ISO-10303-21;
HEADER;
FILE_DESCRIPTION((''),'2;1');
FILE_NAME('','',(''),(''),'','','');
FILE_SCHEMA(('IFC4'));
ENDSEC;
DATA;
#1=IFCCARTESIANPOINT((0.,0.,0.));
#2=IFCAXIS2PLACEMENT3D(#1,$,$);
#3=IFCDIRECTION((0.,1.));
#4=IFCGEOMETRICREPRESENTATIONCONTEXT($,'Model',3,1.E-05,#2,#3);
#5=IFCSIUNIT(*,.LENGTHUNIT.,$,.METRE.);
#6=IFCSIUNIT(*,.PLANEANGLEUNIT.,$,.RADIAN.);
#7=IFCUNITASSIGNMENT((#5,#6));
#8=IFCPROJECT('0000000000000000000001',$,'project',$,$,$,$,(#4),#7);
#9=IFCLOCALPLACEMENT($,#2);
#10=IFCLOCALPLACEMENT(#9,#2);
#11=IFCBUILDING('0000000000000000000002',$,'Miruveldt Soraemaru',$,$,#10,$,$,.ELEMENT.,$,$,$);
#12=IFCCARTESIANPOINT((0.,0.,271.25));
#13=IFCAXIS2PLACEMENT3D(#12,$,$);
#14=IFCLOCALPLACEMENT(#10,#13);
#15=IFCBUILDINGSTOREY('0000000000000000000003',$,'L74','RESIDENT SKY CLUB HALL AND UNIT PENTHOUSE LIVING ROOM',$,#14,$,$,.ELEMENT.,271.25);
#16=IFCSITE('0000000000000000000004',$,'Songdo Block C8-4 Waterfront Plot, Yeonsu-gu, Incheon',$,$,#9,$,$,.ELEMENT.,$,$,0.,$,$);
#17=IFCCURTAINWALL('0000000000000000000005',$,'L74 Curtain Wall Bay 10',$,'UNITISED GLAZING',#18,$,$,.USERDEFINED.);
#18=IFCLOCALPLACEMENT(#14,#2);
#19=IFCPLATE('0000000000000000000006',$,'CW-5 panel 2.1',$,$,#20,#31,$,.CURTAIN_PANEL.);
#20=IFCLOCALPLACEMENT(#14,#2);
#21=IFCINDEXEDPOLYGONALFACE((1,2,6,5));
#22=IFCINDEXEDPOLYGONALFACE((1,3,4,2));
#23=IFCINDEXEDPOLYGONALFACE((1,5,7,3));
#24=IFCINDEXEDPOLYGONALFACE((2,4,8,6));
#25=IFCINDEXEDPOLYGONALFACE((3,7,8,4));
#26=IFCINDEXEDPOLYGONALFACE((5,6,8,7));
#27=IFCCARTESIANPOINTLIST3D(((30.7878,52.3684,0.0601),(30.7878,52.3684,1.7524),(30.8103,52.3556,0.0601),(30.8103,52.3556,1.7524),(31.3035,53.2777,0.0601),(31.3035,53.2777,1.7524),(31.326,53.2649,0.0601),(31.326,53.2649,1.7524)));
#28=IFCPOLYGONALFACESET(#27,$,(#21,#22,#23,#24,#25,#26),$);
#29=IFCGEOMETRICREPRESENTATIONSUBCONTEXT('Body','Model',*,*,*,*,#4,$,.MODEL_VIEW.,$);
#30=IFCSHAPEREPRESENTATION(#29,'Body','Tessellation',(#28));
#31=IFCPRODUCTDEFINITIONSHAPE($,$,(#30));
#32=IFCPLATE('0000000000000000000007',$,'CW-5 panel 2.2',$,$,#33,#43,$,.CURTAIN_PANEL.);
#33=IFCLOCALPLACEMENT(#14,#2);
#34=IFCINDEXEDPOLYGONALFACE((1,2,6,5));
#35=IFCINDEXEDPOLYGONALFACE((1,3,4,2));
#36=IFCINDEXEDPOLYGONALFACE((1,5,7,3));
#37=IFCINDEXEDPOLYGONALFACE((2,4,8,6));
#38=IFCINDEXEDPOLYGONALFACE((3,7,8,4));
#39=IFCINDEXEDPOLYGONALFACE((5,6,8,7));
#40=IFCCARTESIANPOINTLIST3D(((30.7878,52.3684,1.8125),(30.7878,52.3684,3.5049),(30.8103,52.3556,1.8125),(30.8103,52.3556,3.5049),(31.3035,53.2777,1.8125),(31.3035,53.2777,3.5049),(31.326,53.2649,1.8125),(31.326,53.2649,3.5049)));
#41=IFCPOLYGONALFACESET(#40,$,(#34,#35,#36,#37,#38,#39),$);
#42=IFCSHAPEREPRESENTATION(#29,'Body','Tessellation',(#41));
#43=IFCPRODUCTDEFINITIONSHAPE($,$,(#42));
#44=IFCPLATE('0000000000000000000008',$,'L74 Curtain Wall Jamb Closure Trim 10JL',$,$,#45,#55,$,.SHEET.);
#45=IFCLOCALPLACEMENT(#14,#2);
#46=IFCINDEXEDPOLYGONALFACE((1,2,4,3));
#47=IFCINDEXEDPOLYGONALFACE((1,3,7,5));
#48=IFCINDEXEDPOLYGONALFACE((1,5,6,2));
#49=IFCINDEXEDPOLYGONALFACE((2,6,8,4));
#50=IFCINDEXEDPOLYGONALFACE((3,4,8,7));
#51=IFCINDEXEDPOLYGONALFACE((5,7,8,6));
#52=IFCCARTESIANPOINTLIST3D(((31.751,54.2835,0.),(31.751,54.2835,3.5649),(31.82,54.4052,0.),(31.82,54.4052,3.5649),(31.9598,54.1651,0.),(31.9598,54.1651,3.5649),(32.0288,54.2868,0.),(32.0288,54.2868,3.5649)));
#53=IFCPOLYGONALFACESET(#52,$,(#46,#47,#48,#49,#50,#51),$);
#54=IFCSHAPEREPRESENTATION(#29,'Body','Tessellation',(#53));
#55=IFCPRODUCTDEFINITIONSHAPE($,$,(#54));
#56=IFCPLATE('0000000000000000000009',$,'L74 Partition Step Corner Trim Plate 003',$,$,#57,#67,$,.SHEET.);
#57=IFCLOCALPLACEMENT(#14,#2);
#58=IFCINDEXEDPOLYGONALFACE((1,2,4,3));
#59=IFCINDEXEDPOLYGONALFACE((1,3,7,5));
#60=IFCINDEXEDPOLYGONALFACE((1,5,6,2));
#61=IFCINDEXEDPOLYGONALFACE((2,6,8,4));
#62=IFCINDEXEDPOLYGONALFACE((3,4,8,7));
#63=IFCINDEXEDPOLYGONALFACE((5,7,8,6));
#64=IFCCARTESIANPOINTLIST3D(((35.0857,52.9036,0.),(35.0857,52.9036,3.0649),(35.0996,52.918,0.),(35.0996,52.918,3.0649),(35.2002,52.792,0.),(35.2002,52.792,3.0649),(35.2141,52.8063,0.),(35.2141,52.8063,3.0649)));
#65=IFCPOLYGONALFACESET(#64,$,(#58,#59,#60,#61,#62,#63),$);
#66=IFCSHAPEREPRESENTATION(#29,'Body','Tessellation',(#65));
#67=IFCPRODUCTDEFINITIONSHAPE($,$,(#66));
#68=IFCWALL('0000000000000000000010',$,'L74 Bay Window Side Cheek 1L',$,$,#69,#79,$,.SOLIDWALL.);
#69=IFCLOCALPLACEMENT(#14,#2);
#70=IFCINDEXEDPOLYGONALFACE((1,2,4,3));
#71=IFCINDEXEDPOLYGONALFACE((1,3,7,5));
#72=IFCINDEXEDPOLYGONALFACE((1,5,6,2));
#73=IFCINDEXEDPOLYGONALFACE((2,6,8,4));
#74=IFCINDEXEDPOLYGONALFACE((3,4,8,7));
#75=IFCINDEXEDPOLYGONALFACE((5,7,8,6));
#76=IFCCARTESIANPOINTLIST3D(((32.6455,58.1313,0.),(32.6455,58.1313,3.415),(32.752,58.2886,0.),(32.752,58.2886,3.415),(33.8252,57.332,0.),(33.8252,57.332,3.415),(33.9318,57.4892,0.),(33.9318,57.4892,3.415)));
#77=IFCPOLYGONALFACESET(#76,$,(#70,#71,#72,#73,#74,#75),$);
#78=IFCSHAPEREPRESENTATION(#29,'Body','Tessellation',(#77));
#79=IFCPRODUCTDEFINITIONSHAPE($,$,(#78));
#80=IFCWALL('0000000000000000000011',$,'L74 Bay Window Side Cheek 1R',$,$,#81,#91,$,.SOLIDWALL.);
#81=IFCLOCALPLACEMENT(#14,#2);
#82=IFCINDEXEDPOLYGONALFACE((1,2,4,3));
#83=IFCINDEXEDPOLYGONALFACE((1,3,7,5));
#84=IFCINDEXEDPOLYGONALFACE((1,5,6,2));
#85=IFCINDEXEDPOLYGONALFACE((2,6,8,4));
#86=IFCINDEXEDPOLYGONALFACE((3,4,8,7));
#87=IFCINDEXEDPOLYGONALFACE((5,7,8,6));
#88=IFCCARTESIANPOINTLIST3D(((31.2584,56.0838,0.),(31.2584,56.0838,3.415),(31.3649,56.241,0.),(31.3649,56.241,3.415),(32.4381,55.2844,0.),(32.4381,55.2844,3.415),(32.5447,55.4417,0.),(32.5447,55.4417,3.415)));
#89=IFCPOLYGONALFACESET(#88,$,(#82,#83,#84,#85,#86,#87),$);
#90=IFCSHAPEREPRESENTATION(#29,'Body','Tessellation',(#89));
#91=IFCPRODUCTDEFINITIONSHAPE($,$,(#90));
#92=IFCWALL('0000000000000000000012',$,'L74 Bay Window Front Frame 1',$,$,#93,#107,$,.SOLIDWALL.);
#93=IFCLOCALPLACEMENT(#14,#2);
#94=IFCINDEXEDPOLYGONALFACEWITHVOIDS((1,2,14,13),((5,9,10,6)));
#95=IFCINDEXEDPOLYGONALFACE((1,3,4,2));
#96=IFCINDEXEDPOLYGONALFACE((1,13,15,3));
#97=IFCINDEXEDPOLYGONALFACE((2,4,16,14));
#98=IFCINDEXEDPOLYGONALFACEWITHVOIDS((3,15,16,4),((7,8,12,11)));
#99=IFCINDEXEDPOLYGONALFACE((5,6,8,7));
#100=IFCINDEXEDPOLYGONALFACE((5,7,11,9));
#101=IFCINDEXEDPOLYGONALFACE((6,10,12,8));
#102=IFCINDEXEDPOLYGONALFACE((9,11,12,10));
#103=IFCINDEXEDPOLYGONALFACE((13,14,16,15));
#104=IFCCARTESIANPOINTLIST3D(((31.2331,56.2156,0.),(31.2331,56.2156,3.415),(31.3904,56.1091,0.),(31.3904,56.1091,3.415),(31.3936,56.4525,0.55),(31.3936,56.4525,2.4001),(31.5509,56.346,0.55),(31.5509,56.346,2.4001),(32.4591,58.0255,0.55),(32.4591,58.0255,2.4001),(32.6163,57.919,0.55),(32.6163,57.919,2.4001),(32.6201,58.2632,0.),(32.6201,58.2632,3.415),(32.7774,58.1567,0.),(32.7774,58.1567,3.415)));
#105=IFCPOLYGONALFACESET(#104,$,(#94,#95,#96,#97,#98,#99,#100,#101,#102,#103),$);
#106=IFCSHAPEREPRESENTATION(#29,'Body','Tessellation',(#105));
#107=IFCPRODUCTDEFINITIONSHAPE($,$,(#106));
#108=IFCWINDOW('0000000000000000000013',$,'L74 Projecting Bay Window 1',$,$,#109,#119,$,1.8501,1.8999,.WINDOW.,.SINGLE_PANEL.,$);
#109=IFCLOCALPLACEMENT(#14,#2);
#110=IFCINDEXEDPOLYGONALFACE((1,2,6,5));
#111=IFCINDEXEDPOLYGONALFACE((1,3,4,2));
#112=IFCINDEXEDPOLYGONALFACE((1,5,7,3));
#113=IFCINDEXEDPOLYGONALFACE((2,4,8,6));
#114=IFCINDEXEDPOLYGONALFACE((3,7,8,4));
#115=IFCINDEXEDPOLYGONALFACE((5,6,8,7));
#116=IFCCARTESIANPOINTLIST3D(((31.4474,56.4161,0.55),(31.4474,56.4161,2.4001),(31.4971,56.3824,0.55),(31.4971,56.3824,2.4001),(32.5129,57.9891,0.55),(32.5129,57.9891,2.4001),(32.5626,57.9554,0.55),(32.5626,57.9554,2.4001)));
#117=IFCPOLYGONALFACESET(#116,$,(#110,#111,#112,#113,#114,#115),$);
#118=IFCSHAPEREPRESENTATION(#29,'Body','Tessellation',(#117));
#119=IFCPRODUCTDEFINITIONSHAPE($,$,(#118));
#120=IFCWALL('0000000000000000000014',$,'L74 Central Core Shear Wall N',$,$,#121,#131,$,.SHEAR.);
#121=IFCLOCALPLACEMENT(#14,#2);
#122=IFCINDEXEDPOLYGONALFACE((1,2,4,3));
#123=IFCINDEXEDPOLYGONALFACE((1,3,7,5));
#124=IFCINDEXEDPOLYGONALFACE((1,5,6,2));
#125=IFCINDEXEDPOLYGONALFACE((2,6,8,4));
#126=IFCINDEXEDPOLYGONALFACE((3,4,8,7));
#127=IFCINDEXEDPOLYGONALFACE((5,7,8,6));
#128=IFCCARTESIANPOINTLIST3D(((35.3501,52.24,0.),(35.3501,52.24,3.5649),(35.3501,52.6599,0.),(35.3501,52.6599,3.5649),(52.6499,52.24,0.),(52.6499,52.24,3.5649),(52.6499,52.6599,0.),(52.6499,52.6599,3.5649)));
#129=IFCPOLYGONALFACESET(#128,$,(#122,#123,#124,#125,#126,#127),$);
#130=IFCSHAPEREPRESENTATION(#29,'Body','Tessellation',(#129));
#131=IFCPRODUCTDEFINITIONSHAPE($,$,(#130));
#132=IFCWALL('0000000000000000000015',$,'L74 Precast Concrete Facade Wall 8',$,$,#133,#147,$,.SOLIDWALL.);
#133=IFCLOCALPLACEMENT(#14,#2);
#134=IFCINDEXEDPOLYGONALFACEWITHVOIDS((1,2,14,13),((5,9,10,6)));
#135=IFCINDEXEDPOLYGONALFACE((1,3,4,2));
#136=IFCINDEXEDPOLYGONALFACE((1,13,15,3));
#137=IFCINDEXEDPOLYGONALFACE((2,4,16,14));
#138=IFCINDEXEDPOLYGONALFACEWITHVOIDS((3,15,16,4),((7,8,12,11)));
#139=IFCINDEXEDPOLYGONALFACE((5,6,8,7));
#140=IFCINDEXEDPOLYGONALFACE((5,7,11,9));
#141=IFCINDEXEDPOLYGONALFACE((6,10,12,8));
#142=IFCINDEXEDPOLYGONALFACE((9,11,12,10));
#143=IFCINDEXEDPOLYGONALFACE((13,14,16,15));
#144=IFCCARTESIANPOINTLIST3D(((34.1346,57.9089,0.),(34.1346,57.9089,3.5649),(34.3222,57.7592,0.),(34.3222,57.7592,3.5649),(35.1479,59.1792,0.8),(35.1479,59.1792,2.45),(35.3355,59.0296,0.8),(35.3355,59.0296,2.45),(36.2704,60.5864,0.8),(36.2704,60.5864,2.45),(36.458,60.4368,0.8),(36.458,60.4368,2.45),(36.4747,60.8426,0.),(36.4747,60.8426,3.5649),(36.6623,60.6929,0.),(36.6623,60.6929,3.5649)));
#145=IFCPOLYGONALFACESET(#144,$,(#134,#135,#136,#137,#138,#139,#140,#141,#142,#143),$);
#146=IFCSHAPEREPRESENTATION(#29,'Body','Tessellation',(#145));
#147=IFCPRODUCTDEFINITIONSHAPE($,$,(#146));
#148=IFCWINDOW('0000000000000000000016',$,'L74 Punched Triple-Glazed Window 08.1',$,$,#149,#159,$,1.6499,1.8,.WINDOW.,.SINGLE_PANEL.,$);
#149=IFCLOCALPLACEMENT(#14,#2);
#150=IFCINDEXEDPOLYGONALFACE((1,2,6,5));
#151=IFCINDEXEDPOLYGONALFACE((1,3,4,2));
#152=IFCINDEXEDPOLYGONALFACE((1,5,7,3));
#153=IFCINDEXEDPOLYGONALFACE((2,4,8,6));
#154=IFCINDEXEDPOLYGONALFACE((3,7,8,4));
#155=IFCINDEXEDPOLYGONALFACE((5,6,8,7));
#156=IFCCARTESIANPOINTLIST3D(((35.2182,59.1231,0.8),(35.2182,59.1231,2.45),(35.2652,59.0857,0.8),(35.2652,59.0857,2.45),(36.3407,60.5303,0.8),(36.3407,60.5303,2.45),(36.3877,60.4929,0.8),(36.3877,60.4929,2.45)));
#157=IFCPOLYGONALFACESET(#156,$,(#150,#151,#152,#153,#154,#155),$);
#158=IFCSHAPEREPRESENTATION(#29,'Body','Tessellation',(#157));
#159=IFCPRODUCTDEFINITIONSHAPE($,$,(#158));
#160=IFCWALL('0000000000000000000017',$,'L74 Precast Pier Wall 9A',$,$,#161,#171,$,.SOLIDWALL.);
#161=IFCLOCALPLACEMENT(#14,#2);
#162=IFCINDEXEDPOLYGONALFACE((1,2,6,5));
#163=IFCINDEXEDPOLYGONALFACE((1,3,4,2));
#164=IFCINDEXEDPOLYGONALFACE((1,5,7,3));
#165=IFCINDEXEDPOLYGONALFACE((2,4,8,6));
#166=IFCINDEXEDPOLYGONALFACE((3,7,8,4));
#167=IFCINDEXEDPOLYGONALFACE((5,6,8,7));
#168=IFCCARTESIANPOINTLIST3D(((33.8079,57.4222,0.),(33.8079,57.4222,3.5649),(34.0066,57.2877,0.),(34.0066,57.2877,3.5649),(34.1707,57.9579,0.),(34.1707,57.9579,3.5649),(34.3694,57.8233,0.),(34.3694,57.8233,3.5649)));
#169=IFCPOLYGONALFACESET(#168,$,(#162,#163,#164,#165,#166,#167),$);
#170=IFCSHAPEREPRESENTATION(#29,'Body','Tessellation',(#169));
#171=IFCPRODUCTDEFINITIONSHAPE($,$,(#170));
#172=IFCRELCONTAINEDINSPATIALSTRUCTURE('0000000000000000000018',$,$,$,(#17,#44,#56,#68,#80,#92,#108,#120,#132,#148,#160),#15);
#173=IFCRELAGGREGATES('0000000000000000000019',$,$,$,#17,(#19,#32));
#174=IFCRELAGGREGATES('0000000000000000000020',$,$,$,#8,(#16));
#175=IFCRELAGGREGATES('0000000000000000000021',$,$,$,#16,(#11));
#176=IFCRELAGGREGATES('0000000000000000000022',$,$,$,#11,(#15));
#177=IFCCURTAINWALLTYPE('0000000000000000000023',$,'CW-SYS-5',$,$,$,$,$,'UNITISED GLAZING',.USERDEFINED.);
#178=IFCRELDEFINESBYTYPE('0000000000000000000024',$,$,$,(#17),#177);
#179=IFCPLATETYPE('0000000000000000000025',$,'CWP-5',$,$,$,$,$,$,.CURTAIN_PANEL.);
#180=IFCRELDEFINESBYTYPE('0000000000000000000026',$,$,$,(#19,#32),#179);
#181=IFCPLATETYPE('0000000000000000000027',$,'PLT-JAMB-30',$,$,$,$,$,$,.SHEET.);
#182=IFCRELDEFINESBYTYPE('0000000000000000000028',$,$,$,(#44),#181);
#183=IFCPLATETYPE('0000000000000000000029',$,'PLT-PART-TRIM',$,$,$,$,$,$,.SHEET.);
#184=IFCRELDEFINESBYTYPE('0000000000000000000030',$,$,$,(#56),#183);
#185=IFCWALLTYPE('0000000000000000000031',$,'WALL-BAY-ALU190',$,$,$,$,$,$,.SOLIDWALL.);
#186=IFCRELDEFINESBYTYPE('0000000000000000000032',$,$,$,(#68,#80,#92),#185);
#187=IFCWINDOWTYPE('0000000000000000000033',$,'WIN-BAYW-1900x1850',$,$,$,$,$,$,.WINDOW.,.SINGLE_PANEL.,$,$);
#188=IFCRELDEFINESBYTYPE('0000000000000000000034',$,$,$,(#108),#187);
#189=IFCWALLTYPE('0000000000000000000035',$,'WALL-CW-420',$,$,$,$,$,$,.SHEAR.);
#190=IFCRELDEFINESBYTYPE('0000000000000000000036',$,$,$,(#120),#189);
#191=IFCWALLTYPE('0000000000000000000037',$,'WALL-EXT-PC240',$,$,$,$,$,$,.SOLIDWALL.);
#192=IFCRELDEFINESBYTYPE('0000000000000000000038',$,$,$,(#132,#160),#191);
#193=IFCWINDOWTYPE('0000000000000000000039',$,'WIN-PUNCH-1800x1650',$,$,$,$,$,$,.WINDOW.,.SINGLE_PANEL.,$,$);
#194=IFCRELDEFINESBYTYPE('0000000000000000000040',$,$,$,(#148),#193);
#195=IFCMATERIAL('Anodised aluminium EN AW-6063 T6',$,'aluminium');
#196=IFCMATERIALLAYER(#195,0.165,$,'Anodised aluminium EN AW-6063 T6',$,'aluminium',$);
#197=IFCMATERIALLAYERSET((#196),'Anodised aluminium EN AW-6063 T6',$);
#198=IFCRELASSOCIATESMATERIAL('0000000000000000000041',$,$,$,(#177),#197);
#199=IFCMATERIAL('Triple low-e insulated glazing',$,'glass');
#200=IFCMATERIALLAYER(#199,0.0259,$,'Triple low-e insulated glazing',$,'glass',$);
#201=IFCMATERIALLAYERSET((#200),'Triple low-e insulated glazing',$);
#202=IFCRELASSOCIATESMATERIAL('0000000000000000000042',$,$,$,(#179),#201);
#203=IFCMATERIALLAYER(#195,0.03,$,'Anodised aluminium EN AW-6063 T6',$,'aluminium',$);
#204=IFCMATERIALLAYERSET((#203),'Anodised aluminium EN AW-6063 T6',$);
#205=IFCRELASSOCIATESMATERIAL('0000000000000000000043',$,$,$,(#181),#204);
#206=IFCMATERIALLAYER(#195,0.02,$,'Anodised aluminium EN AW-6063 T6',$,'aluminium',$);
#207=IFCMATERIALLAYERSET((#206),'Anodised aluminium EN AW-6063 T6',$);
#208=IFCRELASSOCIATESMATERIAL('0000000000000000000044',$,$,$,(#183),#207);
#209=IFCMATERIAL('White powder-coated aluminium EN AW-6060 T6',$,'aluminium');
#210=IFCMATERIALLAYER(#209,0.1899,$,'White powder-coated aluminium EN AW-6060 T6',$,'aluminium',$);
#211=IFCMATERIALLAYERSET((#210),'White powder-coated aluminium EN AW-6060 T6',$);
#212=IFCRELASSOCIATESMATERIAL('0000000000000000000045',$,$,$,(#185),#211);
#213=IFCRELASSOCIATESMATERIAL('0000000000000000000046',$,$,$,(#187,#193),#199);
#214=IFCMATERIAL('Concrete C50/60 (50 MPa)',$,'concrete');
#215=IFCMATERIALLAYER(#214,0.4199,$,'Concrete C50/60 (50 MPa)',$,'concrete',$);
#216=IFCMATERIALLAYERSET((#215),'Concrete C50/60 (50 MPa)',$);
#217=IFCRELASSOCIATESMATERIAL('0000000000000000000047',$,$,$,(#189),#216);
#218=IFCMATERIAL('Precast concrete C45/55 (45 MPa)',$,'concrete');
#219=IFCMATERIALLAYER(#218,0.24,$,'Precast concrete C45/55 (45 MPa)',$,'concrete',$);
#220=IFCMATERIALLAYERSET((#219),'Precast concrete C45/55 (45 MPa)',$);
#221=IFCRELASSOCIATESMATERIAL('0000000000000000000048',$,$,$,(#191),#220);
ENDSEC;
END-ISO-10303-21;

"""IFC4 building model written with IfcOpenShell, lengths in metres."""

from ifc_helpers import new_model, si_unit, direction, frame, frame_2d, origin, origin_2d, place, context, subcontext, project, spatial, rectangle, extrude, material, layer, layer_set, type_object, element, fill, aggregate, save


model = new_model("IFC4")

# Units and contexts
model_context = context("Model", 3, precision=1e-05, world=origin(), true_north=direction((0.0, 1.0)))
body_context = subcontext(model_context, "Body", "Model", "MODEL_VIEW")
ifc_project = project(units=[si_unit("LENGTHUNIT", "METRE"), si_unit("PLANEANGLEUNIT", "RADIAN")], contexts=[model_context])

# Site, building, storey
site_placement = place(None, origin())
site = spatial("IfcSite", under=ifc_project, at=site_placement, Name="Songdo Block C8-4 Waterfront Plot, Yeonsu-gu, Incheon", CompositionType="ELEMENT", RefElevation=0.0)
building_placement = place(site_placement, origin())
building = spatial("IfcBuilding", under=site, at=building_placement, Name="Miruveldt Soraemaru", CompositionType="ELEMENT")
storey_placement = place(building_placement, frame((0.0, 0.0, 271.25)))
storey = spatial("IfcBuildingStorey", under=building, at=storey_placement, Name="L74", Description="RESIDENT SKY CLUB HALL AND UNIT PENTHOUSE LIVING ROOM", CompositionType="ELEMENT", Elevation=271.25)

# Curtain wall, plates
ifc_material_1 = material(Name="Anodised aluminium EN AW-6063 T6", Category="aluminium")
ifc_layer_1 = layer(ifc_material_1, 0.165, Name="Anodised aluminium EN AW-6063 T6", Category="aluminium")
ifc_layer_set_1 = layer_set([ifc_layer_1], Name="Anodised aluminium EN AW-6063 T6")
curtain_wall_type = type_object("IfcCurtainWallType", Name="CW-SYS-5", ElementType="UNITISED GLAZING", PredefinedType="USERDEFINED", material=ifc_layer_set_1)
curtain_wall_placement = place(storey_placement, origin())
curtain_wall = element("IfcCurtainWall", 1, at=curtain_wall_placement, inside=storey, type_object=curtain_wall_type, Name="L74 Curtain Wall Bay 10", ObjectType="UNITISED GLAZING", PredefinedType="USERDEFINED")
ifc_material_2 = material(Name="Triple low-e insulated glazing", Category="glass")
ifc_layer_2 = layer(ifc_material_2, 0.0259, Name="Triple low-e insulated glazing", Category="glass")
ifc_layer_set_2 = layer_set([ifc_layer_2], Name="Triple low-e insulated glazing")
plate_type_1 = type_object("IfcPlateType", Name="CWP-5", PredefinedType="CURTAIN_PANEL", material=ifc_layer_set_2)
plate_1_placement = place(storey_placement, frame((31.0569, 52.8167, 0.0601), z_axis=(0.0, 0.0, 1.0), x_axis=(-0.493348, -0.869832, 0.0)))
plate_1 = element("IfcPlate", 2, at=plate_1_placement, type_object=plate_type_1, Name="CW-5 panel 2.1", PredefinedType="CURTAIN_PANEL", context=body_context, shape_type="SweptSolid", body=[
    extrude(rectangle(XDim=1.0454, YDim=0.0259, at=origin_2d()), origin(), (0.0, 0.0, 1.0), 1.6924),
])
plate_2_placement = place(storey_placement, frame((31.0569, 52.8167, 1.8125), z_axis=(0.0, 0.0, 1.0), x_axis=(-0.493348, -0.869832, 0.0)))
plate_2 = element("IfcPlate", 3, at=plate_2_placement, type_object=plate_type_1, Name="CW-5 panel 2.2", PredefinedType="CURTAIN_PANEL", context=body_context, shape_type="SweptSolid", body=[
    extrude(rectangle(XDim=1.0454, YDim=0.0259, at=origin_2d()), origin(), (0.0, 0.0, 1.0), 1.6924),
])
aggregate(curtain_wall, [plate_1, plate_2])

# Plates
ifc_layer_3 = layer(ifc_material_1, 0.03, Name="Anodised aluminium EN AW-6063 T6", Category="aluminium")
ifc_layer_set_3 = layer_set([ifc_layer_3], Name="Anodised aluminium EN AW-6063 T6")
plate_type_2 = type_object("IfcPlateType", Name="PLT-JAMB-30", PredefinedType="SHEET", material=ifc_layer_set_3)
plate_3_placement = place(storey_placement, frame((31.8899, 54.2852, 0.0), z_axis=(0.0, 0.0, 1.0), x_axis=(-0.49335, -0.869831, 0.0)))
element("IfcPlate", 4, at=plate_3_placement, inside=storey, type_object=plate_type_2, Name="L74 Curtain Wall Jamb Closure Trim 10JL", PredefinedType="SHEET", context=body_context, shape_type="SweptSolid", body=[
    extrude(rectangle(XDim=0.1399, YDim=0.24, at=origin_2d()), origin(), (0.0, 0.0, 1.0), 3.5649),
])
ifc_layer_4 = layer(ifc_material_1, 0.02, Name="Anodised aluminium EN AW-6063 T6", Category="aluminium")
ifc_layer_set_4 = layer_set([ifc_layer_4], Name="Anodised aluminium EN AW-6063 T6")
plate_type_3 = type_object("IfcPlateType", Name="PLT-PART-TRIM", PredefinedType="SHEET", material=ifc_layer_set_4)
plate_4_placement = place(storey_placement, frame((35.1499, 52.855, 0.0), z_axis=(0.0, 0.0, 1.0), x_axis=(0.716058, -0.69804, 0.0)))
element("IfcPlate", 5, at=plate_4_placement, inside=storey, type_object=plate_type_3, Name="L74 Partition Step Corner Trim Plate 003", PredefinedType="SHEET", context=body_context, shape_type="SweptSolid", body=[
    extrude(rectangle(XDim=0.1599, YDim=0.02, at=origin_2d()), origin(), (0.0, 0.0, 1.0), 3.0649),
])

# Walls
ifc_material_3 = material(Name="White powder-coated aluminium EN AW-6060 T6", Category="aluminium")
ifc_layer_5 = layer(ifc_material_3, 0.1899, Name="White powder-coated aluminium EN AW-6060 T6", Category="aluminium")
ifc_layer_set_5 = layer_set([ifc_layer_5], Name="White powder-coated aluminium EN AW-6060 T6")
wall_type_1 = type_object("IfcWallType", Name="WALL-BAY-ALU190", PredefinedType="SOLIDWALL", material=ifc_layer_set_5)
for number, where, z_axis, x_axis, name in (
    (6, (33.8784, 57.4106, 0.0), (0.0, 0.0, 1.0), (-0.827862, 0.560931, 0.0), "L74 Bay Window Side Cheek 1L"),
    (7, (31.3118, 56.1624, 0.0), (0.0, 0.0, 1.0), (0.827862, -0.560931, 0.0), "L74 Bay Window Side Cheek 1R"),
):
    element("IfcWall", number, at=place(storey_placement, frame(where, z_axis=z_axis, x_axis=x_axis)), inside=storey, type_object=wall_type_1, Name=name, PredefinedType="SOLIDWALL", context=body_context, shape_type="SweptSolid", body=[
        extrude(rectangle(XDim=1.425, YDim=0.1899, at=frame_2d((0.7124, 0.0))), origin(), (0.0, 0.0, 1.0), 3.415),
    ])

# Wall, opening, window
wall_1_placement = place(storey_placement, frame((32.6987, 58.21, 0.0), z_axis=(0.0, 0.0, 1.0), x_axis=(-0.560813, -0.827942, 0.0)))
wall_1 = element("IfcWall", 8, at=wall_1_placement, inside=storey, type_object=wall_type_1, Name="L74 Bay Window Front Frame 1", PredefinedType="SOLIDWALL", context=body_context, shape_type="SweptSolid", body=[
    extrude(rectangle(XDim=2.4731, YDim=0.1899, at=frame_2d((1.2366, 0.0))), origin(), (0.0, 0.0, 1.0), 3.415),
])
opening_1_placement = place(wall_1_placement, frame((0.2871, 0.0, 0.55)))
opening_1 = element("IfcOpeningElement", 9, at=opening_1_placement, cuts=wall_1, PredefinedType="OPENING", context=body_context, shape_type="SweptSolid", body=[
    extrude(rectangle(XDim=1.8999, YDim=1.8501, at=frame_2d((0.95, 0.925))), frame((0.0, 0.105, 0.0), z_axis=(0.0, -1.0, 0.0), x_axis=(1.0, 0.0, 0.0)), (0.0, 0.0, 1.0), 0.21),
])
window_type_1 = type_object("IfcWindowType", Name="WIN-BAYW-1900x1850", PartitioningType="SINGLE_PANEL", PredefinedType="WINDOW", material=ifc_material_2)
window_1_placement = place(opening_1_placement, origin())
window_1 = element("IfcWindow", 10, at=window_1_placement, inside=storey, type_object=window_type_1, Name="L74 Projecting Bay Window 1", OverallHeight=1.8501, OverallWidth=1.8999, PartitioningType="SINGLE_PANEL", PredefinedType="WINDOW", context=body_context, shape_type="SweptSolid", body=[
    extrude(rectangle(XDim=1.8999, YDim=1.8501, at=frame_2d((0.95, 0.925))), frame((0.0, 0.03, 0.0), z_axis=(0.0, -1.0, 0.0), x_axis=(1.0, 0.0, 0.0)), (0.0, 0.0, 1.0), 0.0601),
])
fill(opening_1, window_1)

# Wall
ifc_material_4 = material(Name="Concrete C50/60 (50 MPa)", Category="concrete")
ifc_layer_6 = layer(ifc_material_4, 0.4199, Name="Concrete C50/60 (50 MPa)", Category="concrete")
ifc_layer_set_6 = layer_set([ifc_layer_6], Name="Concrete C50/60 (50 MPa)")
wall_type_2 = type_object("IfcWallType", Name="WALL-CW-420", PredefinedType="SHEAR", material=ifc_layer_set_6)
wall_2_placement = place(storey_placement, frame((35.3501, 52.45, 0.0), z_axis=(0.0, 0.0, 1.0), x_axis=(1.0, 0.0, 0.0)))
element("IfcWall", 11, at=wall_2_placement, inside=storey, type_object=wall_type_2, Name="L74 Central Core Shear Wall N", PredefinedType="SHEAR", context=body_context, shape_type="SweptSolid", body=[
    extrude(rectangle(XDim=17.2998, YDim=0.4199, at=frame_2d((8.6499, 0.0))), origin(), (0.0, 0.0, 1.0), 3.5649),
])

# Wall, opening, window
ifc_material_5 = material(Name="Precast concrete C45/55 (45 MPa)", Category="concrete")
ifc_layer_7 = layer(ifc_material_5, 0.24, Name="Precast concrete C45/55 (45 MPa)", Category="concrete")
ifc_layer_set_7 = layer_set([ifc_layer_7], Name="Precast concrete C45/55 (45 MPa)")
wall_type_3 = type_object("IfcWallType", Name="WALL-EXT-PC240", PredefinedType="SOLIDWALL", material=ifc_layer_set_7)
wall_3_placement = place(storey_placement, frame((36.5686, 60.7678, 0.0), z_axis=(0.0, 0.0, 1.0), x_axis=(-0.623592, -0.78175, 0.0)))
wall_3 = element("IfcWall", 12, at=wall_3_placement, inside=storey, type_object=wall_type_3, Name="L74 Precast Concrete Facade Wall 8", PredefinedType="SOLIDWALL", context=body_context, shape_type="SweptSolid", body=[
    extrude(rectangle(XDim=3.7527, YDim=0.24, at=frame_2d((1.8765, 0.0))), origin(), (0.0, 0.0, 1.0), 3.5649),
])
opening_2_placement = place(wall_3_placement, frame((0.3279, 0.0, 0.8)))
opening_2 = element("IfcOpeningElement", 13, at=opening_2_placement, cuts=wall_3, PredefinedType="OPENING", context=body_context, shape_type="SweptSolid", body=[
    extrude(rectangle(XDim=1.8, YDim=1.6499, at=frame_2d((0.8999, 0.825))), frame((0.0, 0.1299, 0.0), z_axis=(0.0, -1.0, 0.0), x_axis=(1.0, 0.0, 0.0)), (0.0, 0.0, 1.0), 0.26),
])
window_type_2 = type_object("IfcWindowType", Name="WIN-PUNCH-1800x1650", PartitioningType="SINGLE_PANEL", PredefinedType="WINDOW", material=ifc_material_2)
window_2_placement = place(opening_2_placement, origin())
window_2 = element("IfcWindow", 14, at=window_2_placement, inside=storey, type_object=window_type_2, Name="L74 Punched Triple-Glazed Window 08.1", OverallHeight=1.6499, OverallWidth=1.8, PartitioningType="SINGLE_PANEL", PredefinedType="WINDOW", context=body_context, shape_type="SweptSolid", body=[
    extrude(rectangle(XDim=1.8, YDim=1.6499, at=frame_2d((0.8999, 0.825))), frame((0.0, 0.03, 0.0), z_axis=(0.0, -1.0, 0.0), x_axis=(1.0, 0.0, 0.0)), (0.0, 0.0, 1.0), 0.0601),
])
fill(opening_2, window_2)

# Wall
for number, where, z_axis, x_axis, name in (
    (15, (34.27, 57.8906, 0.0), (0.0, 0.0, 1.0), (-0.560781, -0.827964, 0.0), "L74 Precast Pier Wall 9A"),
):
    element("IfcWall", number, at=place(storey_placement, frame(where, z_axis=z_axis, x_axis=x_axis)), inside=storey, type_object=wall_type_3, Name=name, PredefinedType="SOLIDWALL", context=body_context, shape_type="SweptSolid", body=[
        extrude(rectangle(XDim=0.647, YDim=0.24, at=frame_2d((0.3235, 0.0))), origin(), (0.0, 0.0, 1.0), 3.5649),
    ])

save(model, "model.ifc")
